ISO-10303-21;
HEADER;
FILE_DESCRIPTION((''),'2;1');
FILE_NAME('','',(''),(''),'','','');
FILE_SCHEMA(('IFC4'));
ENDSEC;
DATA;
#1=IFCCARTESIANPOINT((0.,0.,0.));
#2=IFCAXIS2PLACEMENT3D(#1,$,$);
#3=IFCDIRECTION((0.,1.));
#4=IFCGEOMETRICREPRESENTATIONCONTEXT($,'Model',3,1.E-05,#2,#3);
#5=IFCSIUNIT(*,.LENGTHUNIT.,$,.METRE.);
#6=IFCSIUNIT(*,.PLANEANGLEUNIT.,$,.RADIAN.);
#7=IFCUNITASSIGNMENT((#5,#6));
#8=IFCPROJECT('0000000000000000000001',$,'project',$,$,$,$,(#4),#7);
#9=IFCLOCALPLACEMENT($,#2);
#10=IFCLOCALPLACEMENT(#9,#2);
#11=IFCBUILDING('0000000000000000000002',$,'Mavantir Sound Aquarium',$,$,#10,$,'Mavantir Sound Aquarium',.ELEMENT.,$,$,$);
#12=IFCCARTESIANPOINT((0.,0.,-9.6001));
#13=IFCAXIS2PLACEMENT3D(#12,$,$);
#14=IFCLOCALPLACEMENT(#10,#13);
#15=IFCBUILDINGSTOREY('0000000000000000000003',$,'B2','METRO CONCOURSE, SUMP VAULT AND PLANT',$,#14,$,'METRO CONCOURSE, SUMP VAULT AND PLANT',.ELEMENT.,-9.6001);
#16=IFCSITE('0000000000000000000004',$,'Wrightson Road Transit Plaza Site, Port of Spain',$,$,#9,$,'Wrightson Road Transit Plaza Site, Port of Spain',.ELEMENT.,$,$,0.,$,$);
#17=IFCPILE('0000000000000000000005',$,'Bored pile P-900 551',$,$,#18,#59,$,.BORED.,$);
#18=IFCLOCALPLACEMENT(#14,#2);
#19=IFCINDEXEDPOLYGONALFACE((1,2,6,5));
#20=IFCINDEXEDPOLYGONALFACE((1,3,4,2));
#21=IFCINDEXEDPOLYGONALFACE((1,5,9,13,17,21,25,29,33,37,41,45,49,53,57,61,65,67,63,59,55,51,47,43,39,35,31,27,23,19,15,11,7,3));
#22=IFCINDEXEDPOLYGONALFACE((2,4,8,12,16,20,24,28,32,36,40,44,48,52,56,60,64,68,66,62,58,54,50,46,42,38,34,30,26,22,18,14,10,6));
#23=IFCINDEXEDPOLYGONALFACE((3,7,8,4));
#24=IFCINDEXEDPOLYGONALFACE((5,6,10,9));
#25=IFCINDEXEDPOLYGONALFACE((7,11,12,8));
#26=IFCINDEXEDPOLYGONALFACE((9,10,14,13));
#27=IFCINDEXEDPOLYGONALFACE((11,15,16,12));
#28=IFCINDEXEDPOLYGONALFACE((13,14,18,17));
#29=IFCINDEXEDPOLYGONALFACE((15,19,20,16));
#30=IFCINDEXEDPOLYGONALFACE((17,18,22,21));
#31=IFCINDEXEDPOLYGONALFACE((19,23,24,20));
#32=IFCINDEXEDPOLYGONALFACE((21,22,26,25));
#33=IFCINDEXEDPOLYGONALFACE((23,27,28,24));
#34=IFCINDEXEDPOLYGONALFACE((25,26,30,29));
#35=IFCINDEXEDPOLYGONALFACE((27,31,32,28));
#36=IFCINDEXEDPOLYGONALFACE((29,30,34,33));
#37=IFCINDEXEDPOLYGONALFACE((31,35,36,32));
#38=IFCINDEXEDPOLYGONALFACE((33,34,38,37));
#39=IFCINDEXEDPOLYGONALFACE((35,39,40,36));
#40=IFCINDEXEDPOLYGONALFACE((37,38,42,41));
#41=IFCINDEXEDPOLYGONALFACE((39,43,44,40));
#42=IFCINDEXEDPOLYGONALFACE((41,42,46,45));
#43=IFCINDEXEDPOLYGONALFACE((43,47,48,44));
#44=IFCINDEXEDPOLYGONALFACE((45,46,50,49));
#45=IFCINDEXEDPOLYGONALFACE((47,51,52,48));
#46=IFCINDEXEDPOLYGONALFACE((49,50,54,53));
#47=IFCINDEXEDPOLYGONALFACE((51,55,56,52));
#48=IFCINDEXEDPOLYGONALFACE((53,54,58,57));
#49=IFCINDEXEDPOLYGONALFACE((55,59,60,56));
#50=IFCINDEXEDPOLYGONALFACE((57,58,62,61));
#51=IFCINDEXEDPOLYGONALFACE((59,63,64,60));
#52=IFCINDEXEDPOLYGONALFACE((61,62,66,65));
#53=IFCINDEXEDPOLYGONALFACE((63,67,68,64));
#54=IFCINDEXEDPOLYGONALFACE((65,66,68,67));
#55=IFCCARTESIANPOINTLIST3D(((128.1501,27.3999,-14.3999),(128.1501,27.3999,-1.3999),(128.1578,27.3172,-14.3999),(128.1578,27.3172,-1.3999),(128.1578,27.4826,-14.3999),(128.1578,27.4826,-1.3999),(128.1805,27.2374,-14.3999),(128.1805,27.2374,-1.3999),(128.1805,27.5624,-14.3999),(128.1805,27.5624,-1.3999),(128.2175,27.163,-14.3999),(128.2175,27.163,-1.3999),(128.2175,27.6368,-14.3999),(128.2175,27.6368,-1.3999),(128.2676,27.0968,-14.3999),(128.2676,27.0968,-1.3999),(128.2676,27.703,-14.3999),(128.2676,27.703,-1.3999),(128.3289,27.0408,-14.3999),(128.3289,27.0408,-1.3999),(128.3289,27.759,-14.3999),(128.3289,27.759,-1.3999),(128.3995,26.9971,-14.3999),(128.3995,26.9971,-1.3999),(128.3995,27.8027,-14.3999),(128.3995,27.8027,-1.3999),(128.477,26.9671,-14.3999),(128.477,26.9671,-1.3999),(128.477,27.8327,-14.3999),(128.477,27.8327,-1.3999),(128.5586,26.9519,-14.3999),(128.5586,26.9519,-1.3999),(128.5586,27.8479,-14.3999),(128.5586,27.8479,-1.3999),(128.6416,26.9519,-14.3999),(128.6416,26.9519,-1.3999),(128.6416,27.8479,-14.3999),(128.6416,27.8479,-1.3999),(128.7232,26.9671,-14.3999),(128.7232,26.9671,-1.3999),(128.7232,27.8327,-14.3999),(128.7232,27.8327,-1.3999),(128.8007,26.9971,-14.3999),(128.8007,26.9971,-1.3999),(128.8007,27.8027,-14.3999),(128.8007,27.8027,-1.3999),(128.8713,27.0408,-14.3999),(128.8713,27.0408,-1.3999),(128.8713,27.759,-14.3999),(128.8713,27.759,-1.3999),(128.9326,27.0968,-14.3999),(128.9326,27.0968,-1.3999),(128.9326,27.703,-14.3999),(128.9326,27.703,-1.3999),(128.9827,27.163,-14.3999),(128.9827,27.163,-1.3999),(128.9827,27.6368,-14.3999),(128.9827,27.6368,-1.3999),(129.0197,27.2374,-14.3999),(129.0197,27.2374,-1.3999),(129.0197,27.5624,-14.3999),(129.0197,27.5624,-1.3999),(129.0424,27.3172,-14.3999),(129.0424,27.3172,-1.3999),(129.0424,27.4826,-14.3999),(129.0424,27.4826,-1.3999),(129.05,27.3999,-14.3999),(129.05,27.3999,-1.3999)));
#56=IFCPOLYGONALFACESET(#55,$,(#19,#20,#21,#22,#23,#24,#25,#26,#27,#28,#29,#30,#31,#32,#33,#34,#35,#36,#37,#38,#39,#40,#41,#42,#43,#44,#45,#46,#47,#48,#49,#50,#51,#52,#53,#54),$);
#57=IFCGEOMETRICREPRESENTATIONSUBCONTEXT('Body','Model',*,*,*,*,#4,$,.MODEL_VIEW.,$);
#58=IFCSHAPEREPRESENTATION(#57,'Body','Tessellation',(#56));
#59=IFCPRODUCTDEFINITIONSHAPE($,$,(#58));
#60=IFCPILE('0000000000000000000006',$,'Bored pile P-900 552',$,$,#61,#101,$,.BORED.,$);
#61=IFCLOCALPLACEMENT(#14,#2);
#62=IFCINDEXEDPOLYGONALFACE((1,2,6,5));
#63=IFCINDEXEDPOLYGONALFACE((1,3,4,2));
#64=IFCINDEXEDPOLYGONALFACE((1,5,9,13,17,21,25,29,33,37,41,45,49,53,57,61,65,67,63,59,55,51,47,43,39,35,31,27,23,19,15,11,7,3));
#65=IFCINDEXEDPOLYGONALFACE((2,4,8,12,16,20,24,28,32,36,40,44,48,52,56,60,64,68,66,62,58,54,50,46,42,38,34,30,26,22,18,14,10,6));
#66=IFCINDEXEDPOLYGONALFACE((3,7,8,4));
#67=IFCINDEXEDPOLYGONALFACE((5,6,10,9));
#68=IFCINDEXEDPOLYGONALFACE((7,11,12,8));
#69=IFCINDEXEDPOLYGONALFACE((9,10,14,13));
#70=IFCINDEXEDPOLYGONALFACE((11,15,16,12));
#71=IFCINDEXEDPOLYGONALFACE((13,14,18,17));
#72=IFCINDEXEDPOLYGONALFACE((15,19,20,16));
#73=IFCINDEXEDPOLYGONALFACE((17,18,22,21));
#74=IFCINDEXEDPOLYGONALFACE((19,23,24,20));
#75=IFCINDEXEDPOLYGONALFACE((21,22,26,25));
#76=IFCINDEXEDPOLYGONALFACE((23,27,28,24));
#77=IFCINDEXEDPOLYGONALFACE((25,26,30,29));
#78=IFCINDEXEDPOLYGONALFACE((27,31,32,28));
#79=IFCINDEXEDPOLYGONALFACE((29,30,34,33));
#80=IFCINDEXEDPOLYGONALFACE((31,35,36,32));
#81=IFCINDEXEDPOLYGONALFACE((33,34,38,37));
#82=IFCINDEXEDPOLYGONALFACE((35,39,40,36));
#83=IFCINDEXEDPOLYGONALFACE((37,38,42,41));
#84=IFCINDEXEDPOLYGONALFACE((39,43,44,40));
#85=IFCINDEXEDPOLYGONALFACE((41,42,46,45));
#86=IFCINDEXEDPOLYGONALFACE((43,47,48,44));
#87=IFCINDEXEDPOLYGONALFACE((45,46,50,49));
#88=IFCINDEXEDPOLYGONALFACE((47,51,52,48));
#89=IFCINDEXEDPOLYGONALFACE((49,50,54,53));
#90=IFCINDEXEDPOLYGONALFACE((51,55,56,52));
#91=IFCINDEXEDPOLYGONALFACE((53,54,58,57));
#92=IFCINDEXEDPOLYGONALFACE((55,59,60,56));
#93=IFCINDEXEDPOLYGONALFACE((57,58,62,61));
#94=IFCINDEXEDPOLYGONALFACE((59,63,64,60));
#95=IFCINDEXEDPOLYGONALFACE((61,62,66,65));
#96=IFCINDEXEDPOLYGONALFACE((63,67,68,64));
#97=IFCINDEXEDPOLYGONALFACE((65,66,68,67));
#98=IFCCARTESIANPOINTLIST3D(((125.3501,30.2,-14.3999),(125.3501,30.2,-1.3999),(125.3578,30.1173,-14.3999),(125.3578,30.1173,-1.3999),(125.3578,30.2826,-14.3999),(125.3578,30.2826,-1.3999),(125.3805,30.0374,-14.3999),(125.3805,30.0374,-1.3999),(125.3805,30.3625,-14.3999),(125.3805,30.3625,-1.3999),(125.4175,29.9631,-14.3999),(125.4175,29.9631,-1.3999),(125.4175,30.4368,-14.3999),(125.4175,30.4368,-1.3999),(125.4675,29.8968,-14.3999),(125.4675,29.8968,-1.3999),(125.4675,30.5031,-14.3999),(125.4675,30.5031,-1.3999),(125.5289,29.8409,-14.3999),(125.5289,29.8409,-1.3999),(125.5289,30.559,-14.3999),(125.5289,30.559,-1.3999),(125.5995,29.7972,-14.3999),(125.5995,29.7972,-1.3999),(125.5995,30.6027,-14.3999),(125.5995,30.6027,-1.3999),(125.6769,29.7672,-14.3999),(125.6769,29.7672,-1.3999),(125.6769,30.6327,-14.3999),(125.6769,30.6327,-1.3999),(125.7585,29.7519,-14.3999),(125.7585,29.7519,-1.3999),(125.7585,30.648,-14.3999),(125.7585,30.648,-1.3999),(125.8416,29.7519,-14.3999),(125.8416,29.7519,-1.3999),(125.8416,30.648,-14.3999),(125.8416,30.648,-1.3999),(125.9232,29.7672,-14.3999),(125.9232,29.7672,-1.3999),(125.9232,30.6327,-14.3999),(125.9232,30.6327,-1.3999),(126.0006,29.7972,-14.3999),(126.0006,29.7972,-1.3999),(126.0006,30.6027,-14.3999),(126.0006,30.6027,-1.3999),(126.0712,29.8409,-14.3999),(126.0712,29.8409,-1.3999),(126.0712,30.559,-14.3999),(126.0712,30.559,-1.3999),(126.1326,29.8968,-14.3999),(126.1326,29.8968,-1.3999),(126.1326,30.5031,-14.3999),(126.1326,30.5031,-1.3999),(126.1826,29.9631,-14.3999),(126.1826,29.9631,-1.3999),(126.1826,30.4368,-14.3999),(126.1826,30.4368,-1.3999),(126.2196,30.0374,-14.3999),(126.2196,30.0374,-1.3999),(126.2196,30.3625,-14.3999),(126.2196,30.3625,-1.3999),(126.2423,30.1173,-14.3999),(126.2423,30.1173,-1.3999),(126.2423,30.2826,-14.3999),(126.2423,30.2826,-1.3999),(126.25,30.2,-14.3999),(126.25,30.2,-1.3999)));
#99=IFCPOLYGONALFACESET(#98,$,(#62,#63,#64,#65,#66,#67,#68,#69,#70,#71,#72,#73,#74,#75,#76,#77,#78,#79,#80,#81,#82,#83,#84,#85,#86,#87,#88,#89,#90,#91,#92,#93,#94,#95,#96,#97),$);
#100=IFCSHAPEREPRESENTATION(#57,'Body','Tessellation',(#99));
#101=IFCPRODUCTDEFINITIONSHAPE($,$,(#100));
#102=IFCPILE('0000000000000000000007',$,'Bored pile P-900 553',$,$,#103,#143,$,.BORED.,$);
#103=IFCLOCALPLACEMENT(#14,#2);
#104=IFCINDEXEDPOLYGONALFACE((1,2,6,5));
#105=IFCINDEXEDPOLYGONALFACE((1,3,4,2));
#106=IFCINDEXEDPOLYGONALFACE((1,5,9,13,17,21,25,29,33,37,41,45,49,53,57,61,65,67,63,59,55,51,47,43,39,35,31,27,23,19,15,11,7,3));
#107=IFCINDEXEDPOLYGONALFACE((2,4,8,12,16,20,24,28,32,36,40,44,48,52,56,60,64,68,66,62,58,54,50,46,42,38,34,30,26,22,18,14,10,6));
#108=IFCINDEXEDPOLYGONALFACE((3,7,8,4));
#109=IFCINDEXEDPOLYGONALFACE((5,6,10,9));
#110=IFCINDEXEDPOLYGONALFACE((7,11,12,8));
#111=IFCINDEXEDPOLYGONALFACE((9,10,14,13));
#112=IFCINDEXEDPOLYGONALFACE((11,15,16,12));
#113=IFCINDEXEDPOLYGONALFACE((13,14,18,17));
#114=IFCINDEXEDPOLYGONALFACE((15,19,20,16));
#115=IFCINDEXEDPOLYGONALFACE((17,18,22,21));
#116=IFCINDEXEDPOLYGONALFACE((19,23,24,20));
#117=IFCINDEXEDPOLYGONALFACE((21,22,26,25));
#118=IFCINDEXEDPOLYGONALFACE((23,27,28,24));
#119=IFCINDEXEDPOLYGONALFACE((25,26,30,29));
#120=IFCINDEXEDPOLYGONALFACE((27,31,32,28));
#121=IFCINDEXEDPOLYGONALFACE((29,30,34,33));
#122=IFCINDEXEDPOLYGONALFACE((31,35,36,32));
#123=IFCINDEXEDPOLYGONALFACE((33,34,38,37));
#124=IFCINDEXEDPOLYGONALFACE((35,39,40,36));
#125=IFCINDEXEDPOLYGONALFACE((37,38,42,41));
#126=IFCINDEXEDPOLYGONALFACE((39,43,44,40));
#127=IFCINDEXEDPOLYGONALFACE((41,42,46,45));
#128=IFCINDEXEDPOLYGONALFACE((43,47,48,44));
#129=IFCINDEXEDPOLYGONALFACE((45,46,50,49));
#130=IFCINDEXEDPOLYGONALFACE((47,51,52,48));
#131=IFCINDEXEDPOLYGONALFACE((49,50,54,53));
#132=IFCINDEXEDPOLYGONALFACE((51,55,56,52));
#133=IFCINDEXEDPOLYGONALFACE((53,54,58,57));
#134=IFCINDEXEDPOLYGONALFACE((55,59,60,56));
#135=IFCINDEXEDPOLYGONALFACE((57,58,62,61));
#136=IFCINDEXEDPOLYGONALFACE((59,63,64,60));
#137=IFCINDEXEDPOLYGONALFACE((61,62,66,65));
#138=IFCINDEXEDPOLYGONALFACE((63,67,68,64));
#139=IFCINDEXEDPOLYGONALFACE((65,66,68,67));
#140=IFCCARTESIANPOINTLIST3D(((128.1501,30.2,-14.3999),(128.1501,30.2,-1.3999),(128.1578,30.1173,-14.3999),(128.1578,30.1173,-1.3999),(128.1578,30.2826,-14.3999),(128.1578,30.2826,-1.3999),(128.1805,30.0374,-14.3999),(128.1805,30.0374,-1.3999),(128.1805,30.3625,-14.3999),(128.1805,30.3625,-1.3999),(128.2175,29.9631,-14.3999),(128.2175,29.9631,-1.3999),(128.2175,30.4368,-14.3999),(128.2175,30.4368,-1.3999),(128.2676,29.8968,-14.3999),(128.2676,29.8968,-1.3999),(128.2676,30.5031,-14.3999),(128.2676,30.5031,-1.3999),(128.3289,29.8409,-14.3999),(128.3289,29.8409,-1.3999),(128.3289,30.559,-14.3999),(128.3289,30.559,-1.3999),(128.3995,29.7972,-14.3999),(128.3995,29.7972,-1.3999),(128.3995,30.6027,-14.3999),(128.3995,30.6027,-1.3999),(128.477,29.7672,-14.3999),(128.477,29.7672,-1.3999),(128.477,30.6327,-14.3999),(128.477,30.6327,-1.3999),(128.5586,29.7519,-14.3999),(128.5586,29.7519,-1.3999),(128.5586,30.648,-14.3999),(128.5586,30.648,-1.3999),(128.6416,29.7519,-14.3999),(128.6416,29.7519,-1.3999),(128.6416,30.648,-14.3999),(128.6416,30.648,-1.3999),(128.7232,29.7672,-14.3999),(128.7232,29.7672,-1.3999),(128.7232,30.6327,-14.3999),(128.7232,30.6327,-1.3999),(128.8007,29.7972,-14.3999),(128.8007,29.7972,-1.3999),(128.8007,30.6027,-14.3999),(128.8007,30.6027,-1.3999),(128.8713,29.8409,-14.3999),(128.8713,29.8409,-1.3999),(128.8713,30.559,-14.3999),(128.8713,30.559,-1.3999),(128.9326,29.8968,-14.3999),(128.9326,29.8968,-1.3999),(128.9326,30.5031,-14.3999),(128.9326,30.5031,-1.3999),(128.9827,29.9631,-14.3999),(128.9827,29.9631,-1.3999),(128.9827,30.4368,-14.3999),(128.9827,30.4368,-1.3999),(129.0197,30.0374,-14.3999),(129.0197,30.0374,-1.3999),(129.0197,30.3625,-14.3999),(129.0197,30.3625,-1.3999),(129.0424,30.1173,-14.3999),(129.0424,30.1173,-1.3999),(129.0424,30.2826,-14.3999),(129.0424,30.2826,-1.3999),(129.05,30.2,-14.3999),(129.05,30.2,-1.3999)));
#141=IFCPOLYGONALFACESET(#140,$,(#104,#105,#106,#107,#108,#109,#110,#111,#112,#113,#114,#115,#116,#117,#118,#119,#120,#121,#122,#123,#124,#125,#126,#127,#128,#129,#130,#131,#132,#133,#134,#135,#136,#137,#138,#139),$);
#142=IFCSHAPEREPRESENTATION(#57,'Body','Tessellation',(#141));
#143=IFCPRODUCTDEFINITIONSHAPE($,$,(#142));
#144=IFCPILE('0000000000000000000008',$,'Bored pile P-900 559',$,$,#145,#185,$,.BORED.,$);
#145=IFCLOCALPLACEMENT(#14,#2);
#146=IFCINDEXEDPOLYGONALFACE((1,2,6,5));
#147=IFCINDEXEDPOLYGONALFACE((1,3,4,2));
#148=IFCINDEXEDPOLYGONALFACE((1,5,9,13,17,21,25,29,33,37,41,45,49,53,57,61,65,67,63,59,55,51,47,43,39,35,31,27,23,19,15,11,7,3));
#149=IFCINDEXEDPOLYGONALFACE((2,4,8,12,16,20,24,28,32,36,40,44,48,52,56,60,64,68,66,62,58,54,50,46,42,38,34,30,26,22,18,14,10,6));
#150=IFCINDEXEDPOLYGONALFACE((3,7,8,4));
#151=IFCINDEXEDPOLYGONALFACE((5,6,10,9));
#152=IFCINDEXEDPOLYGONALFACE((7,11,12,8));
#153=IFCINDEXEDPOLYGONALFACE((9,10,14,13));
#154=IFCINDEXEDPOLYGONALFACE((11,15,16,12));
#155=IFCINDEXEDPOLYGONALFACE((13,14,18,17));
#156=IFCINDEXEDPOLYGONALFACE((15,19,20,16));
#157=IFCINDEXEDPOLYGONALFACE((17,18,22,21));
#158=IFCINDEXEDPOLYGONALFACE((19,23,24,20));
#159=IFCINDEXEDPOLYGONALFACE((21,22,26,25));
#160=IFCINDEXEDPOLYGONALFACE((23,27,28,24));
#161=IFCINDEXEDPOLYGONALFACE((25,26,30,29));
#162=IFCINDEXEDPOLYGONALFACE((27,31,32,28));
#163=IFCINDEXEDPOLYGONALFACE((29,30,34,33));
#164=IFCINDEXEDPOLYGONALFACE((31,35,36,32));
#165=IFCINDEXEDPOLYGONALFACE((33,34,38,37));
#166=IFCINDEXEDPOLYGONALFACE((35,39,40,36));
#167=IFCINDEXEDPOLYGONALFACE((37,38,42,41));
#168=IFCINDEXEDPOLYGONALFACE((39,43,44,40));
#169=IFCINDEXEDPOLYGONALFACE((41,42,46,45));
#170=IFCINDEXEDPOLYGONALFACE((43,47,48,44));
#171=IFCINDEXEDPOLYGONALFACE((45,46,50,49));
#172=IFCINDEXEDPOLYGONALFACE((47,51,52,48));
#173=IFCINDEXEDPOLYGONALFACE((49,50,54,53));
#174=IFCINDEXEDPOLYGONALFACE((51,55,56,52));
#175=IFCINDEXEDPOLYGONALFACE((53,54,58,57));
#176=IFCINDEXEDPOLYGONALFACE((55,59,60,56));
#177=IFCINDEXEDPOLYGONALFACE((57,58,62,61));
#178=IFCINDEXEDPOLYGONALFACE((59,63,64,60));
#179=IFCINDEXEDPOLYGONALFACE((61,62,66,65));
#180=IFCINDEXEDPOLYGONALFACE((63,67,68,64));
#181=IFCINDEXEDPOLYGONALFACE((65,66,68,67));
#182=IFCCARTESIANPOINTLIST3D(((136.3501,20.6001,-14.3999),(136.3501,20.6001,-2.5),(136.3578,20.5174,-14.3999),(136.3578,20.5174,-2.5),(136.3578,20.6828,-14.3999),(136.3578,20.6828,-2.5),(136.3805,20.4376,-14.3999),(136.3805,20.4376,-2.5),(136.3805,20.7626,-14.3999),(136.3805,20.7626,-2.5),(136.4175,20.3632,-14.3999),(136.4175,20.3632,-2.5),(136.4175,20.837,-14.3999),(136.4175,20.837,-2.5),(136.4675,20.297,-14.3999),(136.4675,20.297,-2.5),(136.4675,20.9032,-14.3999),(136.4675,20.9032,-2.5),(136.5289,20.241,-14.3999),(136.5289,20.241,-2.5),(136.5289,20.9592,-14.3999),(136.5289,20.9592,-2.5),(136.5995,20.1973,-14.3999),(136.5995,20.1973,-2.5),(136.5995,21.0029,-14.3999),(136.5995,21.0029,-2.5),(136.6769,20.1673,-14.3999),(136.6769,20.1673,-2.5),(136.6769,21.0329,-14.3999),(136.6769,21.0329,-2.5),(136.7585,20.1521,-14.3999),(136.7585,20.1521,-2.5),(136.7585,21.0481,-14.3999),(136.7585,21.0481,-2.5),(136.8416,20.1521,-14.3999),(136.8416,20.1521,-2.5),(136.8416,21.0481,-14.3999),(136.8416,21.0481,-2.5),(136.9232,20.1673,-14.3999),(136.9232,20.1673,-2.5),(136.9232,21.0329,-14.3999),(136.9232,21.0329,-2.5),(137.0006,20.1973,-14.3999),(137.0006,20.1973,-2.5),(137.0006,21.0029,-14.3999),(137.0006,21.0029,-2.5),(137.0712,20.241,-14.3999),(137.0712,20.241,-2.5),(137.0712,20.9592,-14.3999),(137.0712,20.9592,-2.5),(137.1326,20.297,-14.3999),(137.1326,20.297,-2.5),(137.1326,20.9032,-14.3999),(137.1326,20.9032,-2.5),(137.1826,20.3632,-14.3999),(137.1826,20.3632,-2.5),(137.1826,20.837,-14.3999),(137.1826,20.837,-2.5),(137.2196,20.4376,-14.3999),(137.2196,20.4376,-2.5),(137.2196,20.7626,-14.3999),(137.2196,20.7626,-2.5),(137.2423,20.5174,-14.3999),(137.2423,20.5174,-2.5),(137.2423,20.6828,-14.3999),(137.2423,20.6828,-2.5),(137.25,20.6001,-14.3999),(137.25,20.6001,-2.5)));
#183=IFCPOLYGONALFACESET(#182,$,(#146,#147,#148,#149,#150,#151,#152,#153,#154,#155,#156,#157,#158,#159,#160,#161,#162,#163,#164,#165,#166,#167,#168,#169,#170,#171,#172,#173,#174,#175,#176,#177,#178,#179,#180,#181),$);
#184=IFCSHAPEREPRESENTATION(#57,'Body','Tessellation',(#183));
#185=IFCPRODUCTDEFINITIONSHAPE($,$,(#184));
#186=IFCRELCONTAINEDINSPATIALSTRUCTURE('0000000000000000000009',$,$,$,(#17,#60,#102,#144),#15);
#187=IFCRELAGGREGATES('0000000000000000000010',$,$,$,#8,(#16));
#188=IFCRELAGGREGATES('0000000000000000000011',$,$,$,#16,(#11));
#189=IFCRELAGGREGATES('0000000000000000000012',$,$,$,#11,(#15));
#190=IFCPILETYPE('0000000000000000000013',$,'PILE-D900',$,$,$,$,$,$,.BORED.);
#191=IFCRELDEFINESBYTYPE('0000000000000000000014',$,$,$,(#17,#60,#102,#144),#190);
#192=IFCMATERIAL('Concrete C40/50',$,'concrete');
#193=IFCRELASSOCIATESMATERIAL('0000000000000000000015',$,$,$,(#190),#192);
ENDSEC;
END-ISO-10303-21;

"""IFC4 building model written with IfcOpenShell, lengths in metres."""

from ifc_helpers import new_model, si_unit, direction, frame, origin, origin_2d, place, context, subcontext, project, spatial, circle, extrude, material, material_profile, profile_set, type_object, element, save


model = new_model("IFC4")

# Units and contexts
model_context = context("Model", 3, precision=1e-05, world=origin(), true_north=direction((0.0, 1.0)))
body_context = subcontext(model_context, "Body", "Model", "MODEL_VIEW")
ifc_project = project(units=[si_unit("LENGTHUNIT", "METRE"), si_unit("PLANEANGLEUNIT", "RADIAN")], contexts=[model_context])

# Site, building, storey
site_placement = place(None, origin())
site = spatial("IfcSite", under=ifc_project, at=site_placement, Name="Wrightson Road Transit Plaza Site, Port of Spain", LongName="Wrightson Road Transit Plaza Site, Port of Spain", CompositionType="ELEMENT", RefElevation=0.0)
building_placement = place(site_placement, origin())
building = spatial("IfcBuilding", under=site, at=building_placement, Name="Mavantir Sound Aquarium", LongName="Mavantir Sound Aquarium", CompositionType="ELEMENT")
storey_placement = place(building_placement, frame((0.0, 0.0, -9.6001)))
storey = spatial("IfcBuildingStorey", under=building, at=storey_placement, Name="B2", Description="METRO CONCOURSE, SUMP VAULT AND PLANT", LongName="METRO CONCOURSE, SUMP VAULT AND PLANT", CompositionType="ELEMENT", Elevation=-9.6001)

# Shared definitions
ifc_material_1 = material(Name="Concrete C40/50", Category="concrete")

# Piles
ifc_material_profile_1 = material_profile(ifc_material_1, circle(Radius=0.45, at=origin_2d()), Name="PILE D900")
ifc_profile_set_1 = profile_set([ifc_material_profile_1], Name="Concrete C40/50")
pile_type = type_object("IfcPileType", Name="PILE-D900", PredefinedType="BORED", material=ifc_profile_set_1)
for number, where, z_axis, x_axis, name in (
    (1, (128.6001, 27.3999, -1.3999), (0.0, 0.0, -1.0), (1.0, 0.0, 0.0), "Bored pile P-900 551"),
    (2, (125.8, 30.2, -1.3999), (0.0, 0.0, -1.0), (1.0, 0.0, 0.0), "Bored pile P-900 552"),
    (3, (128.6001, 30.2, -1.3999), (0.0, 0.0, -1.0), (1.0, 0.0, 0.0), "Bored pile P-900 553"),
):
    element("IfcPile", number, at=place(storey_placement, frame(where, z_axis=z_axis, x_axis=x_axis)), inside=storey, type_object=pile_type, Name=name, PredefinedType="BORED", context=body_context, shape_type="SweptSolid", body=[
        extrude(circle(Radius=0.45, at=origin_2d()), origin(), (0.0, 0.0, 1.0), 13.0),
    ])
pile_1_placement = place(storey_placement, frame((136.8, 20.6001, -2.5), z_axis=(0.0, 0.0, -1.0), x_axis=(1.0, 0.0, 0.0)))
element("IfcPile", 4, at=pile_1_placement, inside=storey, type_object=pile_type, Name="Bored pile P-900 559", PredefinedType="BORED", context=body_context, shape_type="SweptSolid", body=[
    extrude(circle(Radius=0.45, at=origin_2d()), origin(), (0.0, 0.0, 1.0), 11.8999),
])

save(model, "model.ifc")
